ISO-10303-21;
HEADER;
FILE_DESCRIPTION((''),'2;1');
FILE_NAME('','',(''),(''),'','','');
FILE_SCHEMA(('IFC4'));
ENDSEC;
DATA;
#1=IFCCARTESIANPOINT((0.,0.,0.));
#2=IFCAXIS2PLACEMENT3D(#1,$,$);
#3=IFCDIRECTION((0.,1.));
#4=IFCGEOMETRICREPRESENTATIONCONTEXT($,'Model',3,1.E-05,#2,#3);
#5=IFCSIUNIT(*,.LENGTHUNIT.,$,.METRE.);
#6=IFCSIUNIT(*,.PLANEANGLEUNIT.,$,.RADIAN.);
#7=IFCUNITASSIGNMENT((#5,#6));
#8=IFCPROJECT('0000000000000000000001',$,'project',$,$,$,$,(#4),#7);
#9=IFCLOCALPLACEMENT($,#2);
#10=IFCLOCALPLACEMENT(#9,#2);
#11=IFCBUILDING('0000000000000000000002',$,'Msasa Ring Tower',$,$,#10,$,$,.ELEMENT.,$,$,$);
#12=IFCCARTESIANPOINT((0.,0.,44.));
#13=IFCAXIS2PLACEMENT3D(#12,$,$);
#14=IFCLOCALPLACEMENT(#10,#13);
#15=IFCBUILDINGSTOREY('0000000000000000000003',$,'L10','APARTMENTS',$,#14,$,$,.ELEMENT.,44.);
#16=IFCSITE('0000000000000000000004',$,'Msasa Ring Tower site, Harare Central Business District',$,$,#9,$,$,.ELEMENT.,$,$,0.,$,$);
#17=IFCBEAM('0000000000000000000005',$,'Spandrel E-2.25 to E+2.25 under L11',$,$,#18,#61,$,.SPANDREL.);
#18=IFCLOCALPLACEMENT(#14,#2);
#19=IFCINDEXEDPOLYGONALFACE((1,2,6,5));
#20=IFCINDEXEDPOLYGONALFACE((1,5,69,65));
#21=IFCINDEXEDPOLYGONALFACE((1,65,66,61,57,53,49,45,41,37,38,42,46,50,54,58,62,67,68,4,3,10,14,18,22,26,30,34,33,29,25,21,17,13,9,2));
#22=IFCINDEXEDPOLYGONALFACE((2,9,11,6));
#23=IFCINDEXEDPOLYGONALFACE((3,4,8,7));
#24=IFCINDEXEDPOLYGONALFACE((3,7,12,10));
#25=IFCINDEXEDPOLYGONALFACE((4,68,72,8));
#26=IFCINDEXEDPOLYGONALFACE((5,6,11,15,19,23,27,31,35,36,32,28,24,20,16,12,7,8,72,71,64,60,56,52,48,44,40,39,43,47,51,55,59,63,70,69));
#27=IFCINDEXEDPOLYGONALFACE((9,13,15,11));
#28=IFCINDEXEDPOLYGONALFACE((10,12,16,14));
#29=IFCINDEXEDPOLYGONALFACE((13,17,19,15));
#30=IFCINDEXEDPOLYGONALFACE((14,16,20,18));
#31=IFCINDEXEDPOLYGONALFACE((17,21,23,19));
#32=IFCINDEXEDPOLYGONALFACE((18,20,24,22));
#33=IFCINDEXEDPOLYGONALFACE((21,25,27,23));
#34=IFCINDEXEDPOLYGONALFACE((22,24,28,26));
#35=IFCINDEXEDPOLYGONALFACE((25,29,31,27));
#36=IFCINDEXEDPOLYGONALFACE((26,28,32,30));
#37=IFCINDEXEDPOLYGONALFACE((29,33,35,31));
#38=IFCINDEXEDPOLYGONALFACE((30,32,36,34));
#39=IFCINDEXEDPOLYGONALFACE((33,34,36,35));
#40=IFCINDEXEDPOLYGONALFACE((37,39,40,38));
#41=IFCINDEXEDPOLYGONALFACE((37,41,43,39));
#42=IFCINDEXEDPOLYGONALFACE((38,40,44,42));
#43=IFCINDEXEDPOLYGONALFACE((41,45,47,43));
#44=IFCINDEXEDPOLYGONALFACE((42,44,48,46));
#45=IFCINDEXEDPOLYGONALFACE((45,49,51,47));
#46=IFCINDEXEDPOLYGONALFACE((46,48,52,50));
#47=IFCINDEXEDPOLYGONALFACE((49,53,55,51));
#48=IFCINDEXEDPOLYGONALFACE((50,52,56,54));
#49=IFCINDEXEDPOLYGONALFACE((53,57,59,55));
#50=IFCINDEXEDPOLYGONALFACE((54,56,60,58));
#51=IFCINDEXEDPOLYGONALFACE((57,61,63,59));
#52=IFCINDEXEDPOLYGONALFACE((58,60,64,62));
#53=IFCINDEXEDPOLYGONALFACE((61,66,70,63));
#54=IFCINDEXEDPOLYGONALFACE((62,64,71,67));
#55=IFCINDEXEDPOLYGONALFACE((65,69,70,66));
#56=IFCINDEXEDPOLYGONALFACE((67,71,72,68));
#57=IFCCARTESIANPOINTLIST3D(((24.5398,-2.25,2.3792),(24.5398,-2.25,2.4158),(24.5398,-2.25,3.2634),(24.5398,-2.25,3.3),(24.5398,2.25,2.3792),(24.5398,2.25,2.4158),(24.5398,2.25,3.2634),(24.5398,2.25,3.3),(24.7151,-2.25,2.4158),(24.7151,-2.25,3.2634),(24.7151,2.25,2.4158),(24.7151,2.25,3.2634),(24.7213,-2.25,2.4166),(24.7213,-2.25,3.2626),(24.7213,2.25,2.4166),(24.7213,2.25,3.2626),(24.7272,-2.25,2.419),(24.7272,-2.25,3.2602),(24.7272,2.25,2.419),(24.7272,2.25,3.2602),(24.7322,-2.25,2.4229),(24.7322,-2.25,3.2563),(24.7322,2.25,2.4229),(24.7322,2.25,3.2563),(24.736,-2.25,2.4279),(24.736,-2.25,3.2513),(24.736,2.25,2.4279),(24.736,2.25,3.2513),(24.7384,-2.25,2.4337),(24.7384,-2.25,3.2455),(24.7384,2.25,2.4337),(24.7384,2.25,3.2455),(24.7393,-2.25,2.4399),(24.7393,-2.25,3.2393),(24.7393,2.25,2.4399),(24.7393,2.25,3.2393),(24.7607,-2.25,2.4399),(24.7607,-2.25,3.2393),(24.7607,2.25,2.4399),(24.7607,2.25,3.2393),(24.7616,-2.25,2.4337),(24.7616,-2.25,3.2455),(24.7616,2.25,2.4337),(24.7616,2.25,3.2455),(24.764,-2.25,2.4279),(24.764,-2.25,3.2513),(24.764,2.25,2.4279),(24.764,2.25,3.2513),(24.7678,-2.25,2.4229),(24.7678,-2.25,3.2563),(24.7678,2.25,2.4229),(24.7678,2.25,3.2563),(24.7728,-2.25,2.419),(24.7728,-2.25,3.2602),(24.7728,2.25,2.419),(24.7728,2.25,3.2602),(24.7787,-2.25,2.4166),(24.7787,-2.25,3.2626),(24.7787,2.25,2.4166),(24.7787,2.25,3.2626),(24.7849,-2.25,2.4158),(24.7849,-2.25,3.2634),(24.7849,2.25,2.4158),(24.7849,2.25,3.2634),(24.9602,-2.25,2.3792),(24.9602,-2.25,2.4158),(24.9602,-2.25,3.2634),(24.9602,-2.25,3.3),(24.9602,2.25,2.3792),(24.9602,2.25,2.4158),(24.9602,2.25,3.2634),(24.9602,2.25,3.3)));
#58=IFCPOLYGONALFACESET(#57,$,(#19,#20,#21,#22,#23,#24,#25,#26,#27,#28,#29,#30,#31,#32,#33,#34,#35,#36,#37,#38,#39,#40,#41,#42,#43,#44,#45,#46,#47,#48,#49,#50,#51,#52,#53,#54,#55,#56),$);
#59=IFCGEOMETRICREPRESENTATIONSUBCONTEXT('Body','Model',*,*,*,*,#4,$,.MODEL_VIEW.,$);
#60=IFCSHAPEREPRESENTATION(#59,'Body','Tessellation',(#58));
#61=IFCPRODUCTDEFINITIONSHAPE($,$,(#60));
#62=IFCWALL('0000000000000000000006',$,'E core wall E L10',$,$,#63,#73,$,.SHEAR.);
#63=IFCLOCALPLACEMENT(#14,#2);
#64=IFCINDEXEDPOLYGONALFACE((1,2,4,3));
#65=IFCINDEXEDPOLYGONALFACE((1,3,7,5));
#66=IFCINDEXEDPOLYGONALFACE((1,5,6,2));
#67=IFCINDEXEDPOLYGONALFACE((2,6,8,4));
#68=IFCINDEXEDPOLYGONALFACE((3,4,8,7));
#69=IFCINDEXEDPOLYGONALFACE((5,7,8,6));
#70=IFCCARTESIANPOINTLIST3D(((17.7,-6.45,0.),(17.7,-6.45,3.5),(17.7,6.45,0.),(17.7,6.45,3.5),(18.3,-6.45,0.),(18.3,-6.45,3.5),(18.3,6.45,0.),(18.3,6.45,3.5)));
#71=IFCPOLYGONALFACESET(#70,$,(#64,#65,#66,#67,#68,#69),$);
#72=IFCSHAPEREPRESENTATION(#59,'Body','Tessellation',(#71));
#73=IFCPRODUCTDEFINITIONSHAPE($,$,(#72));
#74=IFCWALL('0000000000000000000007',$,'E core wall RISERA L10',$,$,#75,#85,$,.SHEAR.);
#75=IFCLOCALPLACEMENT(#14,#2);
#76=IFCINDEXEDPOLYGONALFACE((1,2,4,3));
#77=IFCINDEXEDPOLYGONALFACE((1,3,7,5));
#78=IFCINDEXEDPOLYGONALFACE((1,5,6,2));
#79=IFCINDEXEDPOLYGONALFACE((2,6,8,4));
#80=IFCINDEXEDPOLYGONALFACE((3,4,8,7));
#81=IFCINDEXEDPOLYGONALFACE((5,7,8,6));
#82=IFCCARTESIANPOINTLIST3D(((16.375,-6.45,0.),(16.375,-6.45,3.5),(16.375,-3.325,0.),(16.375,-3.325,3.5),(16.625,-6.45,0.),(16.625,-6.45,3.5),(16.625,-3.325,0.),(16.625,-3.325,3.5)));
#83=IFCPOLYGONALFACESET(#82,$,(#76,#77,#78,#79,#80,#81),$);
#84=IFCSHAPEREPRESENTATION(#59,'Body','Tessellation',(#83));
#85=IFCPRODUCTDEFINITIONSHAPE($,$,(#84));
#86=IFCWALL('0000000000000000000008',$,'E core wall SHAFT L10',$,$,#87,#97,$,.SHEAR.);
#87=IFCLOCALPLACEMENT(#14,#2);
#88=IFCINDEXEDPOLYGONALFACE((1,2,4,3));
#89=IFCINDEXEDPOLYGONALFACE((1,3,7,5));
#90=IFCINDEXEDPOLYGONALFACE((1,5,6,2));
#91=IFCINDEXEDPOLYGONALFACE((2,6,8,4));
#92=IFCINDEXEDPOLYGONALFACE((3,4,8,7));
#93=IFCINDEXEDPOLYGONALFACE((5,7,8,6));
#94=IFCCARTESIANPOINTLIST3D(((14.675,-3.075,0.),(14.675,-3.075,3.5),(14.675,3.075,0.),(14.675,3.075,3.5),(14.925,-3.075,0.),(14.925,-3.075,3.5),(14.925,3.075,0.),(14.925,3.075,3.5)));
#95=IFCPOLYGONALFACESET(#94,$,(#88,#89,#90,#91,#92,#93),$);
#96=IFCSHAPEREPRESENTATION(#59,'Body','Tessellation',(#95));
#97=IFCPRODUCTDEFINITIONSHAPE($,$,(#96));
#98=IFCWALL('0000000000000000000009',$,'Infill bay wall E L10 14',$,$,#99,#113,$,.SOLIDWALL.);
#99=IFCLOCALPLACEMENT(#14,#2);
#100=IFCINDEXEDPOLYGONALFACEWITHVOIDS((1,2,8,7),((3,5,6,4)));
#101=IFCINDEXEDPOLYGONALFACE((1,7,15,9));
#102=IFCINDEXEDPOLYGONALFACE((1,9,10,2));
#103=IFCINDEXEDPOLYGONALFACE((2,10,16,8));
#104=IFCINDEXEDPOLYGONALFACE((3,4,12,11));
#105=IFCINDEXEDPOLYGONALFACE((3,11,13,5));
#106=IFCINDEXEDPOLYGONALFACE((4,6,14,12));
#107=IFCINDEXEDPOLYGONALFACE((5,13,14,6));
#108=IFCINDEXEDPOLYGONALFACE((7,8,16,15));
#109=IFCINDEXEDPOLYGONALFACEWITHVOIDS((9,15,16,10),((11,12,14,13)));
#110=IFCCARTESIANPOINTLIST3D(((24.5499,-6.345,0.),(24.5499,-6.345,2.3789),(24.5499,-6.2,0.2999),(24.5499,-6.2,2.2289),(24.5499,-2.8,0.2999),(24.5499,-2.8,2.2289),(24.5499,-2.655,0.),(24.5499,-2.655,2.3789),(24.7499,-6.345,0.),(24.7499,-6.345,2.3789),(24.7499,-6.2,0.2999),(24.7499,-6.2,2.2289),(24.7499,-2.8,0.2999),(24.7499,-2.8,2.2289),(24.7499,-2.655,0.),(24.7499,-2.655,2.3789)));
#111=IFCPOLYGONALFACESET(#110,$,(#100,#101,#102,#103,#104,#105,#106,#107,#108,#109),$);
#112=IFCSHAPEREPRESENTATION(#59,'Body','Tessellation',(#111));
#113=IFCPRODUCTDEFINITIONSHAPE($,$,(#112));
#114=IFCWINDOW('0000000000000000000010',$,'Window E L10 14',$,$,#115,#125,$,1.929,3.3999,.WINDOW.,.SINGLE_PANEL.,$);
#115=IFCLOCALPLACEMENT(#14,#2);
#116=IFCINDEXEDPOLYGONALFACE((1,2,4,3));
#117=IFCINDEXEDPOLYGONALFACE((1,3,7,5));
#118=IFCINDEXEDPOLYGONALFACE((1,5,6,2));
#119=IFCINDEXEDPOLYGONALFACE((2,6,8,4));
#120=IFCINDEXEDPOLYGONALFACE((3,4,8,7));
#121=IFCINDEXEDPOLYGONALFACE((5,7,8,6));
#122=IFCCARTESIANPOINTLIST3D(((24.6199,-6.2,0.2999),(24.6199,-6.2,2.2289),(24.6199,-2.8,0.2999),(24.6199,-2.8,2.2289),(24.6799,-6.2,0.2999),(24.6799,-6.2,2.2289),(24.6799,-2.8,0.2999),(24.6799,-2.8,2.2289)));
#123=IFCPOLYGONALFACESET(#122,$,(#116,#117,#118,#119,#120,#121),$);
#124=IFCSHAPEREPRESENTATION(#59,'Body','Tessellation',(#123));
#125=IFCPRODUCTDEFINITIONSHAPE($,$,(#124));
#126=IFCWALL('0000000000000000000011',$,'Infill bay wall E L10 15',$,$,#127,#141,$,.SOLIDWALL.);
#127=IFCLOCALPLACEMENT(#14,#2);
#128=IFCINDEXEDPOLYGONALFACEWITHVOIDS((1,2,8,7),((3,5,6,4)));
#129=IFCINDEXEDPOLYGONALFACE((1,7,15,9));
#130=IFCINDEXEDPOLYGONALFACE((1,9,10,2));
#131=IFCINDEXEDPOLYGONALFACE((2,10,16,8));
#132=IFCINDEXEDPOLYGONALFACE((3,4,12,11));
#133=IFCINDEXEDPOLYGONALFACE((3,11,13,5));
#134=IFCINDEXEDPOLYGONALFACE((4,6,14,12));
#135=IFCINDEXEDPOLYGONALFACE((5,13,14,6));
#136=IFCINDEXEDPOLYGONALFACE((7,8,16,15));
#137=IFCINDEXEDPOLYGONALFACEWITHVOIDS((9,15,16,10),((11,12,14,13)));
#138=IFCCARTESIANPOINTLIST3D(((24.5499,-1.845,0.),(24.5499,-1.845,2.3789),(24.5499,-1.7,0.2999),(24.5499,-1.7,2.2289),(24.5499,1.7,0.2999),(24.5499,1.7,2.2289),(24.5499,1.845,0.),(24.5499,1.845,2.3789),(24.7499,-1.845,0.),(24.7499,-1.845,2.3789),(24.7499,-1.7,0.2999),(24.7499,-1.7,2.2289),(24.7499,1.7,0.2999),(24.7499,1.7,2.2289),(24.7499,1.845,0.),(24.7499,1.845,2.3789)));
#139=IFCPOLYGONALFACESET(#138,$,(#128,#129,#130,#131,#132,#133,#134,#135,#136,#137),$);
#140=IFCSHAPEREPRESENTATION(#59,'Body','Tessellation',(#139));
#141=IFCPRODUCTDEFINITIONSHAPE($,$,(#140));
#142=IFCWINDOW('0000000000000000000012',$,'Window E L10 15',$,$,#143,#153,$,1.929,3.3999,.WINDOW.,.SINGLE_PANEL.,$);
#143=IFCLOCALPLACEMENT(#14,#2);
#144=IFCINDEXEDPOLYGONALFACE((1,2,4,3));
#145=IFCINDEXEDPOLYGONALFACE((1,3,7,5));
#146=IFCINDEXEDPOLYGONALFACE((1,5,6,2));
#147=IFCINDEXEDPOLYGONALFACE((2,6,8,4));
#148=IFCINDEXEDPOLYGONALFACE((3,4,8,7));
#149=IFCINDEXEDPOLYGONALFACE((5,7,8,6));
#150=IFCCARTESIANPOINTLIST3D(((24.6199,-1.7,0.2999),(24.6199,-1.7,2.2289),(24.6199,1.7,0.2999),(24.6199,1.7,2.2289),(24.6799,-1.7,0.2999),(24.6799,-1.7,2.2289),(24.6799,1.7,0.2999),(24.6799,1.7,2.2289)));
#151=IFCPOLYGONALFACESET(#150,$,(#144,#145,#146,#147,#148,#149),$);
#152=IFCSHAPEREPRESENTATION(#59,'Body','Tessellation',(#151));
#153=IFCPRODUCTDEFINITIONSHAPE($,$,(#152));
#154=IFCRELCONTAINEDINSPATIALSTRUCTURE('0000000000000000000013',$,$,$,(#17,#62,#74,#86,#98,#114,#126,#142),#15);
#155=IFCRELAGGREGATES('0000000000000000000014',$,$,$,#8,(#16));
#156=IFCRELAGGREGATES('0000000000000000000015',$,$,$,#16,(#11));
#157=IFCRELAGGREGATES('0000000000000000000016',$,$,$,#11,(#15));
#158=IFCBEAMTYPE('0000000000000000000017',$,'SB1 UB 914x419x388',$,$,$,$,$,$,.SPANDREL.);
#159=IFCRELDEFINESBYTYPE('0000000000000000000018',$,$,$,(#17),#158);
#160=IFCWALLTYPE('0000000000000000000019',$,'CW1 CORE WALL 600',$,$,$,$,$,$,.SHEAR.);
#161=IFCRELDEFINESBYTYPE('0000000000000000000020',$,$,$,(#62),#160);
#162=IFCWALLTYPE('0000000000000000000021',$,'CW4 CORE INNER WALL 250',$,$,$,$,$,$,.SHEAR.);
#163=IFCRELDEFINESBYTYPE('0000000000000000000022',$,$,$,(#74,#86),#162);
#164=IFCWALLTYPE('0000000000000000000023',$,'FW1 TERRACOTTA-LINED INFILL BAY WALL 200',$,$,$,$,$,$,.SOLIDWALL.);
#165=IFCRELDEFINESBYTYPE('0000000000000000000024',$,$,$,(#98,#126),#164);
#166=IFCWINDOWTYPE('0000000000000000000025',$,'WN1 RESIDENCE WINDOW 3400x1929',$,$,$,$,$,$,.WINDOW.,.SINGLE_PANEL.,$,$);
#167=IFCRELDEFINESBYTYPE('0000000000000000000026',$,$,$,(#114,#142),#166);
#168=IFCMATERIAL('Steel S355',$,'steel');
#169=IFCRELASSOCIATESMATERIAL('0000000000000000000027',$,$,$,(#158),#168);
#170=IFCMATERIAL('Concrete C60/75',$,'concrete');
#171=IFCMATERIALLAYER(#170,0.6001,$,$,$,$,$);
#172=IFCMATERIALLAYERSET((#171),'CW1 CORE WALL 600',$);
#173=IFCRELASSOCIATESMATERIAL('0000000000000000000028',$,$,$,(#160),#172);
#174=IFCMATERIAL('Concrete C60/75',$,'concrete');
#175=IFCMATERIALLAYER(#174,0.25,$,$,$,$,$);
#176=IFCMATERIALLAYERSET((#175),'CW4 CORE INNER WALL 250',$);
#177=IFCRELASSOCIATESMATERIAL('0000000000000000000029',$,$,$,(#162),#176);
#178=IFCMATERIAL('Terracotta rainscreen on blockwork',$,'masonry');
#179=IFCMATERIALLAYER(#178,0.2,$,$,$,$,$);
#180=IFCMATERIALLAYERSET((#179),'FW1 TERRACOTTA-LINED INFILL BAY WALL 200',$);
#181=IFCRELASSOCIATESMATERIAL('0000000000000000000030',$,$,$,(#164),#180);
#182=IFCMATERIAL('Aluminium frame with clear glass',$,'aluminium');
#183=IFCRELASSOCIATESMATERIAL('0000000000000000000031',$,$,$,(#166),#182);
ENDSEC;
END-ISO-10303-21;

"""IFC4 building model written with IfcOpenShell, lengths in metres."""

from ifc_helpers import new_model, si_unit, direction, frame, frame_2d, origin, origin_2d, place, context, subcontext, project, spatial, rectangle, i_section, extrude, material, layer, layer_set, material_profile, profile_set, type_object, element, fill, save


model = new_model("IFC4")

# Units and contexts
model_context = context("Model", 3, precision=1e-05, world=origin(), true_north=direction((0.0, 1.0)))
body_context = subcontext(model_context, "Body", "Model", "MODEL_VIEW")
ifc_project = project(units=[si_unit("LENGTHUNIT", "METRE"), si_unit("PLANEANGLEUNIT", "RADIAN")], contexts=[model_context])

# Site, building, storey
site_placement = place(None, origin())
site = spatial("IfcSite", under=ifc_project, at=site_placement, Name="Msasa Ring Tower site, Harare Central Business District", CompositionType="ELEMENT", RefElevation=0.0)
building_placement = place(site_placement, origin())
building = spatial("IfcBuilding", under=site, at=building_placement, Name="Msasa Ring Tower", CompositionType="ELEMENT")
storey_placement = place(building_placement, frame((0.0, 0.0, 44.0)))
storey = spatial("IfcBuildingStorey", under=building, at=storey_placement, Name="L10", Description="APARTMENTS", CompositionType="ELEMENT", Elevation=44.0)

# Beam
ifc_material_1 = material(Name="Steel S355", Category="steel")
ifc_material_profile_1 = material_profile(ifc_material_1, i_section(OverallWidth=0.4204, OverallDepth=0.9209, WebThickness=0.0215, FlangeThickness=0.0366, FilletRadius=0.0242, at=origin_2d()), Name="UB 914x419x388")
ifc_profile_set_1 = profile_set([ifc_material_profile_1], Name="Steel S355")
beam_type_1 = type_object("IfcBeamType", Name="SB1 UB 914x419x388", PredefinedType="SPANDREL", material=ifc_profile_set_1)
for number, where, z_axis, x_axis, name in (
    (1, (24.75, -2.25, 2.8396), (0.0, 1.0, 0.0), (-1.0, 0.0, 0.0), "Spandrel E-2.25 to E+2.25 under L11"),
):
    element("IfcBeam", number, at=place(storey_placement, frame(where, z_axis=z_axis, x_axis=x_axis)), inside=storey, type_object=beam_type_1, Name=name, PredefinedType="SPANDREL", context=body_context, shape_type="SweptSolid", body=[
        extrude(i_section(OverallWidth=0.4204, OverallDepth=0.9209, WebThickness=0.0215, FlangeThickness=0.0366, FilletRadius=0.0242, at=origin_2d()), origin(), (0.0, 0.0, 1.0), 4.5),
    ])

# Walls
ifc_material_2 = material(Name="Concrete C60/75", Category="concrete")
ifc_layer_1 = layer(ifc_material_2, 0.6001)
ifc_layer_set_1 = layer_set([ifc_layer_1], Name="CW1 CORE WALL 600")
wall_type_1 = type_object("IfcWallType", Name="CW1 CORE WALL 600", PredefinedType="SHEAR", material=ifc_layer_set_1)
wall_1_placement = place(storey_placement, frame((18.0, -6.45, 0.0), z_axis=(0.0, 0.0, 1.0), x_axis=(0.0, 1.0, 0.0)))
element("IfcWall", 2, at=wall_1_placement, inside=storey, type_object=wall_type_1, Name="E core wall E L10", PredefinedType="SHEAR", context=body_context, shape_type="SweptSolid", body=[
    extrude(rectangle(XDim=12.8999, YDim=0.6001, at=frame_2d((6.45, 0.0))), origin(), (0.0, 0.0, 1.0), 3.5),
])
ifc_material_3 = material(Name="Concrete C60/75", Category="concrete")
ifc_layer_2 = layer(ifc_material_3, 0.25)
ifc_layer_set_2 = layer_set([ifc_layer_2], Name="CW4 CORE INNER WALL 250")
wall_type_2 = type_object("IfcWallType", Name="CW4 CORE INNER WALL 250", PredefinedType="SHEAR", material=ifc_layer_set_2)
wall_2_placement = place(storey_placement, frame((16.5, -6.45, 0.0), z_axis=(0.0, 0.0, 1.0), x_axis=(0.0, 1.0, 0.0)))
element("IfcWall", 3, at=wall_2_placement, inside=storey, type_object=wall_type_2, Name="E core wall RISERA L10", PredefinedType="SHEAR", context=body_context, shape_type="SweptSolid", body=[
    extrude(rectangle(XDim=3.125, YDim=0.25, at=frame_2d((1.5625, 0.0))), origin(), (0.0, 0.0, 1.0), 3.5),
])
wall_3_placement = place(storey_placement, frame((14.8, -3.075, 0.0), z_axis=(0.0, 0.0, 1.0), x_axis=(0.0, 1.0, 0.0)))
element("IfcWall", 4, at=wall_3_placement, inside=storey, type_object=wall_type_2, Name="E core wall SHAFT L10", PredefinedType="SHEAR", context=body_context, shape_type="SweptSolid", body=[
    extrude(rectangle(XDim=6.1499, YDim=0.25, at=frame_2d((3.075, 0.0))), origin(), (0.0, 0.0, 1.0), 3.5),
])

# Walls, openings, windows
ifc_material_4 = material(Name="Terracotta rainscreen on blockwork", Category="masonry")
ifc_layer_3 = layer(ifc_material_4, 0.2)
ifc_layer_set_3 = layer_set([ifc_layer_3], Name="FW1 TERRACOTTA-LINED INFILL BAY WALL 200")
wall_type_3 = type_object("IfcWallType", Name="FW1 TERRACOTTA-LINED INFILL BAY WALL 200", PredefinedType="SOLIDWALL", material=ifc_layer_set_3)
wall_4_placement = place(storey_placement, frame((24.6499, -6.345, 0.0), z_axis=(0.0, 0.0, 1.0), x_axis=(0.0, 1.0, 0.0)))
wall_4 = element("IfcWall", 5, at=wall_4_placement, inside=storey, type_object=wall_type_3, Name="Infill bay wall E L10 14", PredefinedType="SOLIDWALL", context=body_context, shape_type="SweptSolid", body=[
    extrude(rectangle(XDim=3.6899, YDim=0.2, at=frame_2d((1.845, 0.0))), origin(), (0.0, 0.0, 1.0), 2.3789),
])
opening_1_placement = place(wall_4_placement, frame((0.145, 0.0, 0.3)))
opening_1 = element("IfcOpeningElement", 6, at=opening_1_placement, cuts=wall_4, PredefinedType="OPENING", context=body_context, shape_type="SweptSolid", body=[
    extrude(rectangle(XDim=3.3999, YDim=1.929, at=frame_2d((1.7, 0.9644))), frame((0.0, 0.1099, 0.0), z_axis=(0.0, -1.0, 0.0), x_axis=(1.0, 0.0, 0.0)), (0.0, 0.0, 1.0), 0.22),
])
ifc_material_5 = material(Name="Aluminium frame with clear glass", Category="aluminium")
window_type = type_object("IfcWindowType", Name="WN1 RESIDENCE WINDOW 3400x1929", PartitioningType="SINGLE_PANEL", PredefinedType="WINDOW", material=ifc_material_5)
window_1_placement = place(opening_1_placement, origin())
window_1 = element("IfcWindow", 7, at=window_1_placement, inside=storey, type_object=window_type, Name="Window E L10 14", OverallHeight=1.929, OverallWidth=3.3999, PartitioningType="SINGLE_PANEL", PredefinedType="WINDOW", context=body_context, shape_type="SweptSolid", body=[
    extrude(rectangle(XDim=3.3999, YDim=1.929, at=frame_2d((1.7, 0.9644))), frame((0.0, 0.03, 0.0), z_axis=(0.0, -1.0, 0.0), x_axis=(1.0, 0.0, 0.0)), (0.0, 0.0, 1.0), 0.0601),
])
fill(opening_1, window_1)
wall_5_placement = place(storey_placement, frame((24.6499, -1.845, 0.0), z_axis=(0.0, 0.0, 1.0), x_axis=(0.0, 1.0, 0.0)))
wall_5 = element("IfcWall", 8, at=wall_5_placement, inside=storey, type_object=wall_type_3, Name="Infill bay wall E L10 15", PredefinedType="SOLIDWALL", context=body_context, shape_type="SweptSolid", body=[
    extrude(rectangle(XDim=3.6899, YDim=0.2, at=frame_2d((1.845, 0.0))), origin(), (0.0, 0.0, 1.0), 2.3789),
])
opening_2_placement = place(wall_5_placement, frame((0.145, 0.0, 0.3)))
opening_2 = element("IfcOpeningElement", 9, at=opening_2_placement, cuts=wall_5, PredefinedType="OPENING", context=body_context, shape_type="SweptSolid", body=[
    extrude(rectangle(XDim=3.3999, YDim=1.929, at=frame_2d((1.7, 0.9644))), frame((0.0, 0.1099, 0.0), z_axis=(0.0, -1.0, 0.0), x_axis=(1.0, 0.0, 0.0)), (0.0, 0.0, 1.0), 0.22),
])
window_2_placement = place(opening_2_placement, origin())
window_2 = element("IfcWindow", 10, at=window_2_placement, inside=storey, type_object=window_type, Name="Window E L10 15", OverallHeight=1.929, OverallWidth=3.3999, PartitioningType="SINGLE_PANEL", PredefinedType="WINDOW", context=body_context, shape_type="SweptSolid", body=[
    extrude(rectangle(XDim=3.3999, YDim=1.929, at=frame_2d((1.7, 0.9644))), frame((0.0, 0.03, 0.0), z_axis=(0.0, -1.0, 0.0), x_axis=(1.0, 0.0, 0.0)), (0.0, 0.0, 1.0), 0.0601),
])
fill(opening_2, window_2)

save(model, "model.ifc")
